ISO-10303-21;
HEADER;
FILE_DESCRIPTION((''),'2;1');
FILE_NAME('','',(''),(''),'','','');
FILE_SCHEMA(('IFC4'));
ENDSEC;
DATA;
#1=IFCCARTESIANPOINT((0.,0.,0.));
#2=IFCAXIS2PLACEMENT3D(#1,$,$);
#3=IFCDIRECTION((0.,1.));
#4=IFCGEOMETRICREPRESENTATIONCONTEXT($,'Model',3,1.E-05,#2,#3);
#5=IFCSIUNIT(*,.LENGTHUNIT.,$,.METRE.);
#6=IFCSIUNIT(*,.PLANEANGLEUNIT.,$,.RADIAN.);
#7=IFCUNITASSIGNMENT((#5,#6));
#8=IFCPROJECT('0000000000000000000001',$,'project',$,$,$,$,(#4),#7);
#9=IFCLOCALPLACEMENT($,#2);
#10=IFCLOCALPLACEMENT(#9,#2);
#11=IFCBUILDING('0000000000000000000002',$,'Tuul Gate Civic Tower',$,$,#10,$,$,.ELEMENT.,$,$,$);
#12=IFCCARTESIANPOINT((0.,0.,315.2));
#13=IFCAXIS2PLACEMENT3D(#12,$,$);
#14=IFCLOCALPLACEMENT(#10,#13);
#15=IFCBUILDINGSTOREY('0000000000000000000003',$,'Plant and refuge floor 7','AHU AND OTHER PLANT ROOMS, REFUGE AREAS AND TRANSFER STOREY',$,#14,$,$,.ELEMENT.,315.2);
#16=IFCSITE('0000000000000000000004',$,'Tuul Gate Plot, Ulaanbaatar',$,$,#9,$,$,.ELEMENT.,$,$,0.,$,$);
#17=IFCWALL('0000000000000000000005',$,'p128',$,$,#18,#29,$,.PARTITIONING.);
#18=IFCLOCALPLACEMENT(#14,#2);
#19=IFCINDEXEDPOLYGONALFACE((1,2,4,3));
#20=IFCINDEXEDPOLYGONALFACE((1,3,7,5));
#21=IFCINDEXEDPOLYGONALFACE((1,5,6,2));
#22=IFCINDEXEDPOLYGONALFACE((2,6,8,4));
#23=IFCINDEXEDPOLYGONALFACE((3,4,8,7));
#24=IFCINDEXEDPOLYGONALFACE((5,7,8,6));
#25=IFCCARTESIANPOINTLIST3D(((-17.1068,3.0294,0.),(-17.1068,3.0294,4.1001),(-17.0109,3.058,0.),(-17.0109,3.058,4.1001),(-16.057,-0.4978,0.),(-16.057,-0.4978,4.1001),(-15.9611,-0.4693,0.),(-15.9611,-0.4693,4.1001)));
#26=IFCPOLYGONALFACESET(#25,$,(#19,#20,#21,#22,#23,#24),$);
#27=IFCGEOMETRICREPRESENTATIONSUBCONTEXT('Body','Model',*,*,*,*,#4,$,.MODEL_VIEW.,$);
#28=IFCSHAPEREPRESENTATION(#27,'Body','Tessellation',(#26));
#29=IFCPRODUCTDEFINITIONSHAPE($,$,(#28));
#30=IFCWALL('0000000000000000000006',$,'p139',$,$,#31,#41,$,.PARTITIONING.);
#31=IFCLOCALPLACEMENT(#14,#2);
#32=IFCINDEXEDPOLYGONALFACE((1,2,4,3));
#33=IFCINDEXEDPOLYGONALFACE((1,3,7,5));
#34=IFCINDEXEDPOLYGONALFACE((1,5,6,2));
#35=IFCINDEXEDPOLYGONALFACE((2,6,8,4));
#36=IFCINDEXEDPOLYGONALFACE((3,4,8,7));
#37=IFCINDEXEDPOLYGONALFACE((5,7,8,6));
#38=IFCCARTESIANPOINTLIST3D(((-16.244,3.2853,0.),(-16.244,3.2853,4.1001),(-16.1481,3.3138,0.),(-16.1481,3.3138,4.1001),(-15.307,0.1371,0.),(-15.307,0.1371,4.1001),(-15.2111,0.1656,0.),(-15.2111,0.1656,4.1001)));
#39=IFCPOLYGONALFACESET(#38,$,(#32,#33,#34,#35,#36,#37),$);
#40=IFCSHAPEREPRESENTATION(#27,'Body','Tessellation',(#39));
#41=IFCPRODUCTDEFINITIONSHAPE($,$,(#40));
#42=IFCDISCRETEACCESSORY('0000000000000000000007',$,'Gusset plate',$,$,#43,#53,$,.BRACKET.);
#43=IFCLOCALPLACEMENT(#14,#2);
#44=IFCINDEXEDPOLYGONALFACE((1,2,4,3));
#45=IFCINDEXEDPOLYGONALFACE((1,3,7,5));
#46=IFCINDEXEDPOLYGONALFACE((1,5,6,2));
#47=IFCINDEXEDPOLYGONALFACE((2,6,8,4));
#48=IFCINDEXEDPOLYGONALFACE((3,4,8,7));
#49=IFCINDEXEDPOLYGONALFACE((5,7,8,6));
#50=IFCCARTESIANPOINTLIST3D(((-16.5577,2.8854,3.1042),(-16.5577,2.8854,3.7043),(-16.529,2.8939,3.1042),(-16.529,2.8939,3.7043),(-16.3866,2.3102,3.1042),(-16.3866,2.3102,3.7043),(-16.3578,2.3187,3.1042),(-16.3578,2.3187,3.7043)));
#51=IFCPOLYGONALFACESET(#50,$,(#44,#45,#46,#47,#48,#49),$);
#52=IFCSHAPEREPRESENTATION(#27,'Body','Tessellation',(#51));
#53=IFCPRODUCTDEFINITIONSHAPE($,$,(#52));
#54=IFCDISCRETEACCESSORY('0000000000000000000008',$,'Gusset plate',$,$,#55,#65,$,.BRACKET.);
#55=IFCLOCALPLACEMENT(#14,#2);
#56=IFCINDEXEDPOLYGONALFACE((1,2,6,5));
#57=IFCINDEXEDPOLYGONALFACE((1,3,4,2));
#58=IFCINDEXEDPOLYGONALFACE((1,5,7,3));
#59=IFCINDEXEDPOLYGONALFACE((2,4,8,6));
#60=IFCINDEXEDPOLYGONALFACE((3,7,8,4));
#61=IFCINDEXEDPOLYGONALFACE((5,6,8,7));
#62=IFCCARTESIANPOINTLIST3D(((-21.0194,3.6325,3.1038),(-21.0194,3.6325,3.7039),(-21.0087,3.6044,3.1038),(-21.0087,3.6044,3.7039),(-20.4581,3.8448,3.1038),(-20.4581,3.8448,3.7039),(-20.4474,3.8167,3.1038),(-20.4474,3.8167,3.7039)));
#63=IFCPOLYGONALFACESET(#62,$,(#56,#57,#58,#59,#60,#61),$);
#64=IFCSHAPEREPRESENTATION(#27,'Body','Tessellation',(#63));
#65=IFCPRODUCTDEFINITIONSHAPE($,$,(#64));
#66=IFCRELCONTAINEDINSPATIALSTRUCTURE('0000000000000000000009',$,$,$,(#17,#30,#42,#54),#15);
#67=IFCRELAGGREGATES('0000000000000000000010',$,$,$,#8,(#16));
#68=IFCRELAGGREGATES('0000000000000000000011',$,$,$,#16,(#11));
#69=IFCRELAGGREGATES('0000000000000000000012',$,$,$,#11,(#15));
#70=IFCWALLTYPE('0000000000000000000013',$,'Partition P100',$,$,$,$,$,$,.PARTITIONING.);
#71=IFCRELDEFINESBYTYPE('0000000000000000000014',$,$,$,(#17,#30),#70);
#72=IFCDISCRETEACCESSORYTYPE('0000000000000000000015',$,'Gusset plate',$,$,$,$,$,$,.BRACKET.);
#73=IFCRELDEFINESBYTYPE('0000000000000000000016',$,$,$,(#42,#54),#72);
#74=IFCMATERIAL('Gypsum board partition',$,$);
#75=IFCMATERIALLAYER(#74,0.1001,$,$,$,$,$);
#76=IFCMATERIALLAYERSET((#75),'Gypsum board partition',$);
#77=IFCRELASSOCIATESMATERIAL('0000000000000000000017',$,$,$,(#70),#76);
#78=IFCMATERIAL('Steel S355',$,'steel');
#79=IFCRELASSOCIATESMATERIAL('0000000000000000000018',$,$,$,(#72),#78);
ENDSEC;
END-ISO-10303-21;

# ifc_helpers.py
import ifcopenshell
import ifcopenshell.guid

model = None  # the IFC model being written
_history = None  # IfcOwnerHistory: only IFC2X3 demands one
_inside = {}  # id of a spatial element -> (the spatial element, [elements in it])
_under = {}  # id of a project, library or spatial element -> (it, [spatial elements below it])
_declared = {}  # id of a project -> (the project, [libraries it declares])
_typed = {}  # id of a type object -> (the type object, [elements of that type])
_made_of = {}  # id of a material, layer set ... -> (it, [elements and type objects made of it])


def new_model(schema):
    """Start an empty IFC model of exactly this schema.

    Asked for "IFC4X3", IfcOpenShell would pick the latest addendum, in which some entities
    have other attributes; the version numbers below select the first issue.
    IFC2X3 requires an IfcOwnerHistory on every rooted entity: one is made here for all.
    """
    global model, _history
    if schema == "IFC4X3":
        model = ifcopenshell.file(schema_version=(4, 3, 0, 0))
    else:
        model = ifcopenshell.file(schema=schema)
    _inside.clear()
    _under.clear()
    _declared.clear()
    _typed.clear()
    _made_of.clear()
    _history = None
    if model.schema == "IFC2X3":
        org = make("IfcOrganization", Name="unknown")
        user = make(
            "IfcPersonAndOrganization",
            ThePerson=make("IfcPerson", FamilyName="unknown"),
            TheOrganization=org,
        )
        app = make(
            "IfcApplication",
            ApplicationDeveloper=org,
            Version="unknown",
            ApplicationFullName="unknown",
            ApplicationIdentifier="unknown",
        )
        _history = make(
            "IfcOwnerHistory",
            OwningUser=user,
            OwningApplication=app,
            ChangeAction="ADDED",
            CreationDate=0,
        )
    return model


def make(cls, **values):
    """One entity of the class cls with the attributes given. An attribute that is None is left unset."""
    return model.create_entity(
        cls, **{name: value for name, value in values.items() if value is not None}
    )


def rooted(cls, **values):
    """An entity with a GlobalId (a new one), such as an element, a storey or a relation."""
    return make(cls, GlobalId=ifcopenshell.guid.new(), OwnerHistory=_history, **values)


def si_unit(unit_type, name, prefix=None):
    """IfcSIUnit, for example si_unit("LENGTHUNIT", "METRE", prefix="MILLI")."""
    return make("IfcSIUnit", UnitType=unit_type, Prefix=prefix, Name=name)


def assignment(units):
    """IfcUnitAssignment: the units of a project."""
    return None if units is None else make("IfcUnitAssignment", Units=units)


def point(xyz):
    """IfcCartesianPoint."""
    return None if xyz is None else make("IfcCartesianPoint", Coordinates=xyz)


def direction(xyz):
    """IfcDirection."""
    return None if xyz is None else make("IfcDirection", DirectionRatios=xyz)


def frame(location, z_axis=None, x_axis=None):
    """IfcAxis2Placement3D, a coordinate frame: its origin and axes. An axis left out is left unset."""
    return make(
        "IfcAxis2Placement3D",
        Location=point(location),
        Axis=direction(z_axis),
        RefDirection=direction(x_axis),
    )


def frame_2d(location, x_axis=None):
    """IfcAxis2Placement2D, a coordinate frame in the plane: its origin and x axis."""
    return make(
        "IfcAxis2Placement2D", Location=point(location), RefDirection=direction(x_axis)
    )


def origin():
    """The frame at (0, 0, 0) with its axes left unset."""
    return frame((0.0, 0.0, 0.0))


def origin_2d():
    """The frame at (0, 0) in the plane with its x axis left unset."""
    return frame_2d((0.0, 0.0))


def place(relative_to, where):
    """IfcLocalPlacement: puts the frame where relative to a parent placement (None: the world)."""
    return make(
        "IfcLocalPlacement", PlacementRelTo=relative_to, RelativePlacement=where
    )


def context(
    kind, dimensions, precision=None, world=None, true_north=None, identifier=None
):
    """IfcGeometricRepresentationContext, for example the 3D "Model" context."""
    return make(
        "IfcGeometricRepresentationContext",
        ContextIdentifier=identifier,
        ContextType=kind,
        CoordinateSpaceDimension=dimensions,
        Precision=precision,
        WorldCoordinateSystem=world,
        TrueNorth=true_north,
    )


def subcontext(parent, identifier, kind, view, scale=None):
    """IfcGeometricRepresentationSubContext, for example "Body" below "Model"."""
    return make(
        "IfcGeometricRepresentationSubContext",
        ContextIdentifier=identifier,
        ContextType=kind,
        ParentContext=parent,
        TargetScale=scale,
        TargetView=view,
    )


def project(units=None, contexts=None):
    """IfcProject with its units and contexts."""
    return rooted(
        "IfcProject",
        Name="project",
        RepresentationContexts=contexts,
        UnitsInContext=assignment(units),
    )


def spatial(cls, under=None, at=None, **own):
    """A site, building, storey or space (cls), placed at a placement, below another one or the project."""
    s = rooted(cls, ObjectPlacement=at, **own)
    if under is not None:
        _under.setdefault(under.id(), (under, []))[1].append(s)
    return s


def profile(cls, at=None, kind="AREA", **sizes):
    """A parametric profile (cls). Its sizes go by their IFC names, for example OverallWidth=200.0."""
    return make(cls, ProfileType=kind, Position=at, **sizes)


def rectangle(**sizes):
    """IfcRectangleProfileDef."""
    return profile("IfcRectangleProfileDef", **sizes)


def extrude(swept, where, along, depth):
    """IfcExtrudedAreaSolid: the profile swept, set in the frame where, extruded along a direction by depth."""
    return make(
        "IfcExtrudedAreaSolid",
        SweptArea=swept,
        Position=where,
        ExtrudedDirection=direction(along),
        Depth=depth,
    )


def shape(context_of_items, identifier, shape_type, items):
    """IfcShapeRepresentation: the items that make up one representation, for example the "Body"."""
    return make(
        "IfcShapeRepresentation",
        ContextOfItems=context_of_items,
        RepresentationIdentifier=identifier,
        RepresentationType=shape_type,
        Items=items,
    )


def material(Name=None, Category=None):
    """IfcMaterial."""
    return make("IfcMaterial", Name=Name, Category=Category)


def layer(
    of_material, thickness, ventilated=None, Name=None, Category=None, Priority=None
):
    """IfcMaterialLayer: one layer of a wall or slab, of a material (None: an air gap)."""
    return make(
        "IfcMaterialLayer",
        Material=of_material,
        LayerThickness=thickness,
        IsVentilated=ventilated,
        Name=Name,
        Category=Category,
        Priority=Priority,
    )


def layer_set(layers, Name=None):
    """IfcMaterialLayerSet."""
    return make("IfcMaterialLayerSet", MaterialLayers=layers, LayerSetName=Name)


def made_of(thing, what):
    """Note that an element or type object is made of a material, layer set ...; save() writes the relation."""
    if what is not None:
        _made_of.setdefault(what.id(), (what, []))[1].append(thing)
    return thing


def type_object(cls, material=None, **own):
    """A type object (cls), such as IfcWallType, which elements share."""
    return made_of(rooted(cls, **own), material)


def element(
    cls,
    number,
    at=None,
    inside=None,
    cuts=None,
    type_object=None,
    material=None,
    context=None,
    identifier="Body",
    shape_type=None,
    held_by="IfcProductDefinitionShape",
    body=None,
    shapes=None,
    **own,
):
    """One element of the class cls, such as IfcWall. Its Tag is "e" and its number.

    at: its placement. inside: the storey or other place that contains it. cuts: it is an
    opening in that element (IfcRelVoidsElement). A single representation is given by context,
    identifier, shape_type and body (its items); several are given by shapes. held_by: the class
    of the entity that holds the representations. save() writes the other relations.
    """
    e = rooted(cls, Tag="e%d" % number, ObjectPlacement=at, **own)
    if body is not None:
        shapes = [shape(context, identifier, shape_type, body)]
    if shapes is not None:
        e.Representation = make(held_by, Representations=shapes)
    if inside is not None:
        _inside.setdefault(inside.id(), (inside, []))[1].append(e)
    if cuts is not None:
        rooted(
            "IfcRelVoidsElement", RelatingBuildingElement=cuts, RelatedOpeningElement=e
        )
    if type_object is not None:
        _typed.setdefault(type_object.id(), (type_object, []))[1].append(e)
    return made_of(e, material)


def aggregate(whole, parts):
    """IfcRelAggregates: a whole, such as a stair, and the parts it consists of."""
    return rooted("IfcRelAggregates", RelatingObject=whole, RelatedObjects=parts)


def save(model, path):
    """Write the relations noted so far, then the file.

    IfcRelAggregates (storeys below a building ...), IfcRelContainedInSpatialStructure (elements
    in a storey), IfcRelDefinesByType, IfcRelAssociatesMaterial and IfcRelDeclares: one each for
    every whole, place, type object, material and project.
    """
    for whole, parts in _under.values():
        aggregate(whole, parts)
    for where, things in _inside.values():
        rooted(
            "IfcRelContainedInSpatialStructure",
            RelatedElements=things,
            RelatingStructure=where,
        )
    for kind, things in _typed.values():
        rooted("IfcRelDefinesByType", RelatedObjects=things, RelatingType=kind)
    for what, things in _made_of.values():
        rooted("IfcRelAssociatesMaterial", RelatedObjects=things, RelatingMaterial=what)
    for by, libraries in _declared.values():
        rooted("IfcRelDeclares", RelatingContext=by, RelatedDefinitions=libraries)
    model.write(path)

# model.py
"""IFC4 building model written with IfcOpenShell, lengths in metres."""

from ifc_helpers import new_model, si_unit, direction, frame, frame_2d, origin, origin_2d, place, context, subcontext, project, spatial, rectangle, extrude, material, layer, layer_set, type_object, element, save


model = new_model("IFC4")

# Units and contexts
model_context = context("Model", 3, precision=1e-05, world=origin(), true_north=direction((0.0, 1.0)))
body_context = subcontext(model_context, "Body", "Model", "MODEL_VIEW")
ifc_project = project(units=[si_unit("LENGTHUNIT", "METRE"), si_unit("PLANEANGLEUNIT", "RADIAN")], contexts=[model_context])

# Site, building, storey
site_placement = place(None, origin())
site = spatial("IfcSite", under=ifc_project, at=site_placement, Name="Tuul Gate Plot, Ulaanbaatar", CompositionType="ELEMENT", RefElevation=0.0)
building_placement = place(site_placement, origin())
building = spatial("IfcBuilding", under=site, at=building_placement, Name="Tuul Gate Civic Tower", CompositionType="ELEMENT")
storey_placement = place(building_placement, frame((0.0, 0.0, 315.2)))
storey = spatial("IfcBuildingStorey", under=building, at=storey_placement, Name="Plant and refuge floor 7", Description="AHU AND OTHER PLANT ROOMS, REFUGE AREAS AND TRANSFER STOREY", CompositionType="ELEMENT", Elevation=315.2)

# Walls
ifc_material_1 = material(Name="Gypsum board partition")
ifc_layer_1 = layer(ifc_material_1, 0.1001)
ifc_layer_set_1 = layer_set([ifc_layer_1], Name="Gypsum board partition")
wall_type_1 = type_object("IfcWallType", Name="Partition P100", PredefinedType="PARTITIONING", material=ifc_layer_set_1)
wall_1_placement = place(storey_placement, frame((-17.0588, 3.0437, 0.0), z_axis=(0.0, 0.0, 1.0), x_axis=(0.285254, -0.958452, 0.0)))
element("IfcWall", 1, at=wall_1_placement, inside=storey, type_object=wall_type_1, Name="p128", PredefinedType="PARTITIONING", context=body_context, shape_type="SweptSolid", body=[
    extrude(rectangle(XDim=3.6802, YDim=0.1001, at=frame_2d((1.8401, 0.0))), origin(), (0.0, 0.0, 1.0), 4.1001),
])
wall_2_placement = place(storey_placement, frame((-15.259, 0.1514, 0.0), z_axis=(0.0, 0.0, 1.0), x_axis=(-0.285267, 0.958448, 0.0)))
element("IfcWall", 2, at=wall_2_placement, inside=storey, type_object=wall_type_1, Name="p139", PredefinedType="PARTITIONING", context=body_context, shape_type="SweptSolid", body=[
    extrude(rectangle(XDim=3.2847, YDim=0.1001, at=frame_2d((1.6423, 0.0))), origin(), (0.0, 0.0, 1.0), 4.1001),
])

# Discrete accessories
ifc_material_2 = material(Name="Steel S355", Category="steel")
discrete_accessory_type = type_object("IfcDiscreteAccessoryType", Name="Gusset plate", PredefinedType="BRACKET", material=ifc_material_2)
for number, where, z_axis, x_axis, name in (
    (3, (-16.4578, 2.6021, 3.1042), (0.0, 0.0, 1.0), (-0.285225, 0.958461, 0.0), "Gusset plate"),
    (4, (-20.7334, 3.7246, 3.1038), (0.0, 0.0, 1.0), (0.935356, 0.353708, 0.0), "Gusset plate"),
):
    element("IfcDiscreteAccessory", number, at=place(storey_placement, frame(where, z_axis=z_axis, x_axis=x_axis)), inside=storey, type_object=discrete_accessory_type, Name=name, PredefinedType="BRACKET", context=body_context, shape_type="SweptSolid", body=[
        extrude(rectangle(XDim=0.6001, YDim=0.03, at=origin_2d()), origin(), (0.0, 0.0, 1.0), 0.6001),
    ])

save(model, "model.ifc")
